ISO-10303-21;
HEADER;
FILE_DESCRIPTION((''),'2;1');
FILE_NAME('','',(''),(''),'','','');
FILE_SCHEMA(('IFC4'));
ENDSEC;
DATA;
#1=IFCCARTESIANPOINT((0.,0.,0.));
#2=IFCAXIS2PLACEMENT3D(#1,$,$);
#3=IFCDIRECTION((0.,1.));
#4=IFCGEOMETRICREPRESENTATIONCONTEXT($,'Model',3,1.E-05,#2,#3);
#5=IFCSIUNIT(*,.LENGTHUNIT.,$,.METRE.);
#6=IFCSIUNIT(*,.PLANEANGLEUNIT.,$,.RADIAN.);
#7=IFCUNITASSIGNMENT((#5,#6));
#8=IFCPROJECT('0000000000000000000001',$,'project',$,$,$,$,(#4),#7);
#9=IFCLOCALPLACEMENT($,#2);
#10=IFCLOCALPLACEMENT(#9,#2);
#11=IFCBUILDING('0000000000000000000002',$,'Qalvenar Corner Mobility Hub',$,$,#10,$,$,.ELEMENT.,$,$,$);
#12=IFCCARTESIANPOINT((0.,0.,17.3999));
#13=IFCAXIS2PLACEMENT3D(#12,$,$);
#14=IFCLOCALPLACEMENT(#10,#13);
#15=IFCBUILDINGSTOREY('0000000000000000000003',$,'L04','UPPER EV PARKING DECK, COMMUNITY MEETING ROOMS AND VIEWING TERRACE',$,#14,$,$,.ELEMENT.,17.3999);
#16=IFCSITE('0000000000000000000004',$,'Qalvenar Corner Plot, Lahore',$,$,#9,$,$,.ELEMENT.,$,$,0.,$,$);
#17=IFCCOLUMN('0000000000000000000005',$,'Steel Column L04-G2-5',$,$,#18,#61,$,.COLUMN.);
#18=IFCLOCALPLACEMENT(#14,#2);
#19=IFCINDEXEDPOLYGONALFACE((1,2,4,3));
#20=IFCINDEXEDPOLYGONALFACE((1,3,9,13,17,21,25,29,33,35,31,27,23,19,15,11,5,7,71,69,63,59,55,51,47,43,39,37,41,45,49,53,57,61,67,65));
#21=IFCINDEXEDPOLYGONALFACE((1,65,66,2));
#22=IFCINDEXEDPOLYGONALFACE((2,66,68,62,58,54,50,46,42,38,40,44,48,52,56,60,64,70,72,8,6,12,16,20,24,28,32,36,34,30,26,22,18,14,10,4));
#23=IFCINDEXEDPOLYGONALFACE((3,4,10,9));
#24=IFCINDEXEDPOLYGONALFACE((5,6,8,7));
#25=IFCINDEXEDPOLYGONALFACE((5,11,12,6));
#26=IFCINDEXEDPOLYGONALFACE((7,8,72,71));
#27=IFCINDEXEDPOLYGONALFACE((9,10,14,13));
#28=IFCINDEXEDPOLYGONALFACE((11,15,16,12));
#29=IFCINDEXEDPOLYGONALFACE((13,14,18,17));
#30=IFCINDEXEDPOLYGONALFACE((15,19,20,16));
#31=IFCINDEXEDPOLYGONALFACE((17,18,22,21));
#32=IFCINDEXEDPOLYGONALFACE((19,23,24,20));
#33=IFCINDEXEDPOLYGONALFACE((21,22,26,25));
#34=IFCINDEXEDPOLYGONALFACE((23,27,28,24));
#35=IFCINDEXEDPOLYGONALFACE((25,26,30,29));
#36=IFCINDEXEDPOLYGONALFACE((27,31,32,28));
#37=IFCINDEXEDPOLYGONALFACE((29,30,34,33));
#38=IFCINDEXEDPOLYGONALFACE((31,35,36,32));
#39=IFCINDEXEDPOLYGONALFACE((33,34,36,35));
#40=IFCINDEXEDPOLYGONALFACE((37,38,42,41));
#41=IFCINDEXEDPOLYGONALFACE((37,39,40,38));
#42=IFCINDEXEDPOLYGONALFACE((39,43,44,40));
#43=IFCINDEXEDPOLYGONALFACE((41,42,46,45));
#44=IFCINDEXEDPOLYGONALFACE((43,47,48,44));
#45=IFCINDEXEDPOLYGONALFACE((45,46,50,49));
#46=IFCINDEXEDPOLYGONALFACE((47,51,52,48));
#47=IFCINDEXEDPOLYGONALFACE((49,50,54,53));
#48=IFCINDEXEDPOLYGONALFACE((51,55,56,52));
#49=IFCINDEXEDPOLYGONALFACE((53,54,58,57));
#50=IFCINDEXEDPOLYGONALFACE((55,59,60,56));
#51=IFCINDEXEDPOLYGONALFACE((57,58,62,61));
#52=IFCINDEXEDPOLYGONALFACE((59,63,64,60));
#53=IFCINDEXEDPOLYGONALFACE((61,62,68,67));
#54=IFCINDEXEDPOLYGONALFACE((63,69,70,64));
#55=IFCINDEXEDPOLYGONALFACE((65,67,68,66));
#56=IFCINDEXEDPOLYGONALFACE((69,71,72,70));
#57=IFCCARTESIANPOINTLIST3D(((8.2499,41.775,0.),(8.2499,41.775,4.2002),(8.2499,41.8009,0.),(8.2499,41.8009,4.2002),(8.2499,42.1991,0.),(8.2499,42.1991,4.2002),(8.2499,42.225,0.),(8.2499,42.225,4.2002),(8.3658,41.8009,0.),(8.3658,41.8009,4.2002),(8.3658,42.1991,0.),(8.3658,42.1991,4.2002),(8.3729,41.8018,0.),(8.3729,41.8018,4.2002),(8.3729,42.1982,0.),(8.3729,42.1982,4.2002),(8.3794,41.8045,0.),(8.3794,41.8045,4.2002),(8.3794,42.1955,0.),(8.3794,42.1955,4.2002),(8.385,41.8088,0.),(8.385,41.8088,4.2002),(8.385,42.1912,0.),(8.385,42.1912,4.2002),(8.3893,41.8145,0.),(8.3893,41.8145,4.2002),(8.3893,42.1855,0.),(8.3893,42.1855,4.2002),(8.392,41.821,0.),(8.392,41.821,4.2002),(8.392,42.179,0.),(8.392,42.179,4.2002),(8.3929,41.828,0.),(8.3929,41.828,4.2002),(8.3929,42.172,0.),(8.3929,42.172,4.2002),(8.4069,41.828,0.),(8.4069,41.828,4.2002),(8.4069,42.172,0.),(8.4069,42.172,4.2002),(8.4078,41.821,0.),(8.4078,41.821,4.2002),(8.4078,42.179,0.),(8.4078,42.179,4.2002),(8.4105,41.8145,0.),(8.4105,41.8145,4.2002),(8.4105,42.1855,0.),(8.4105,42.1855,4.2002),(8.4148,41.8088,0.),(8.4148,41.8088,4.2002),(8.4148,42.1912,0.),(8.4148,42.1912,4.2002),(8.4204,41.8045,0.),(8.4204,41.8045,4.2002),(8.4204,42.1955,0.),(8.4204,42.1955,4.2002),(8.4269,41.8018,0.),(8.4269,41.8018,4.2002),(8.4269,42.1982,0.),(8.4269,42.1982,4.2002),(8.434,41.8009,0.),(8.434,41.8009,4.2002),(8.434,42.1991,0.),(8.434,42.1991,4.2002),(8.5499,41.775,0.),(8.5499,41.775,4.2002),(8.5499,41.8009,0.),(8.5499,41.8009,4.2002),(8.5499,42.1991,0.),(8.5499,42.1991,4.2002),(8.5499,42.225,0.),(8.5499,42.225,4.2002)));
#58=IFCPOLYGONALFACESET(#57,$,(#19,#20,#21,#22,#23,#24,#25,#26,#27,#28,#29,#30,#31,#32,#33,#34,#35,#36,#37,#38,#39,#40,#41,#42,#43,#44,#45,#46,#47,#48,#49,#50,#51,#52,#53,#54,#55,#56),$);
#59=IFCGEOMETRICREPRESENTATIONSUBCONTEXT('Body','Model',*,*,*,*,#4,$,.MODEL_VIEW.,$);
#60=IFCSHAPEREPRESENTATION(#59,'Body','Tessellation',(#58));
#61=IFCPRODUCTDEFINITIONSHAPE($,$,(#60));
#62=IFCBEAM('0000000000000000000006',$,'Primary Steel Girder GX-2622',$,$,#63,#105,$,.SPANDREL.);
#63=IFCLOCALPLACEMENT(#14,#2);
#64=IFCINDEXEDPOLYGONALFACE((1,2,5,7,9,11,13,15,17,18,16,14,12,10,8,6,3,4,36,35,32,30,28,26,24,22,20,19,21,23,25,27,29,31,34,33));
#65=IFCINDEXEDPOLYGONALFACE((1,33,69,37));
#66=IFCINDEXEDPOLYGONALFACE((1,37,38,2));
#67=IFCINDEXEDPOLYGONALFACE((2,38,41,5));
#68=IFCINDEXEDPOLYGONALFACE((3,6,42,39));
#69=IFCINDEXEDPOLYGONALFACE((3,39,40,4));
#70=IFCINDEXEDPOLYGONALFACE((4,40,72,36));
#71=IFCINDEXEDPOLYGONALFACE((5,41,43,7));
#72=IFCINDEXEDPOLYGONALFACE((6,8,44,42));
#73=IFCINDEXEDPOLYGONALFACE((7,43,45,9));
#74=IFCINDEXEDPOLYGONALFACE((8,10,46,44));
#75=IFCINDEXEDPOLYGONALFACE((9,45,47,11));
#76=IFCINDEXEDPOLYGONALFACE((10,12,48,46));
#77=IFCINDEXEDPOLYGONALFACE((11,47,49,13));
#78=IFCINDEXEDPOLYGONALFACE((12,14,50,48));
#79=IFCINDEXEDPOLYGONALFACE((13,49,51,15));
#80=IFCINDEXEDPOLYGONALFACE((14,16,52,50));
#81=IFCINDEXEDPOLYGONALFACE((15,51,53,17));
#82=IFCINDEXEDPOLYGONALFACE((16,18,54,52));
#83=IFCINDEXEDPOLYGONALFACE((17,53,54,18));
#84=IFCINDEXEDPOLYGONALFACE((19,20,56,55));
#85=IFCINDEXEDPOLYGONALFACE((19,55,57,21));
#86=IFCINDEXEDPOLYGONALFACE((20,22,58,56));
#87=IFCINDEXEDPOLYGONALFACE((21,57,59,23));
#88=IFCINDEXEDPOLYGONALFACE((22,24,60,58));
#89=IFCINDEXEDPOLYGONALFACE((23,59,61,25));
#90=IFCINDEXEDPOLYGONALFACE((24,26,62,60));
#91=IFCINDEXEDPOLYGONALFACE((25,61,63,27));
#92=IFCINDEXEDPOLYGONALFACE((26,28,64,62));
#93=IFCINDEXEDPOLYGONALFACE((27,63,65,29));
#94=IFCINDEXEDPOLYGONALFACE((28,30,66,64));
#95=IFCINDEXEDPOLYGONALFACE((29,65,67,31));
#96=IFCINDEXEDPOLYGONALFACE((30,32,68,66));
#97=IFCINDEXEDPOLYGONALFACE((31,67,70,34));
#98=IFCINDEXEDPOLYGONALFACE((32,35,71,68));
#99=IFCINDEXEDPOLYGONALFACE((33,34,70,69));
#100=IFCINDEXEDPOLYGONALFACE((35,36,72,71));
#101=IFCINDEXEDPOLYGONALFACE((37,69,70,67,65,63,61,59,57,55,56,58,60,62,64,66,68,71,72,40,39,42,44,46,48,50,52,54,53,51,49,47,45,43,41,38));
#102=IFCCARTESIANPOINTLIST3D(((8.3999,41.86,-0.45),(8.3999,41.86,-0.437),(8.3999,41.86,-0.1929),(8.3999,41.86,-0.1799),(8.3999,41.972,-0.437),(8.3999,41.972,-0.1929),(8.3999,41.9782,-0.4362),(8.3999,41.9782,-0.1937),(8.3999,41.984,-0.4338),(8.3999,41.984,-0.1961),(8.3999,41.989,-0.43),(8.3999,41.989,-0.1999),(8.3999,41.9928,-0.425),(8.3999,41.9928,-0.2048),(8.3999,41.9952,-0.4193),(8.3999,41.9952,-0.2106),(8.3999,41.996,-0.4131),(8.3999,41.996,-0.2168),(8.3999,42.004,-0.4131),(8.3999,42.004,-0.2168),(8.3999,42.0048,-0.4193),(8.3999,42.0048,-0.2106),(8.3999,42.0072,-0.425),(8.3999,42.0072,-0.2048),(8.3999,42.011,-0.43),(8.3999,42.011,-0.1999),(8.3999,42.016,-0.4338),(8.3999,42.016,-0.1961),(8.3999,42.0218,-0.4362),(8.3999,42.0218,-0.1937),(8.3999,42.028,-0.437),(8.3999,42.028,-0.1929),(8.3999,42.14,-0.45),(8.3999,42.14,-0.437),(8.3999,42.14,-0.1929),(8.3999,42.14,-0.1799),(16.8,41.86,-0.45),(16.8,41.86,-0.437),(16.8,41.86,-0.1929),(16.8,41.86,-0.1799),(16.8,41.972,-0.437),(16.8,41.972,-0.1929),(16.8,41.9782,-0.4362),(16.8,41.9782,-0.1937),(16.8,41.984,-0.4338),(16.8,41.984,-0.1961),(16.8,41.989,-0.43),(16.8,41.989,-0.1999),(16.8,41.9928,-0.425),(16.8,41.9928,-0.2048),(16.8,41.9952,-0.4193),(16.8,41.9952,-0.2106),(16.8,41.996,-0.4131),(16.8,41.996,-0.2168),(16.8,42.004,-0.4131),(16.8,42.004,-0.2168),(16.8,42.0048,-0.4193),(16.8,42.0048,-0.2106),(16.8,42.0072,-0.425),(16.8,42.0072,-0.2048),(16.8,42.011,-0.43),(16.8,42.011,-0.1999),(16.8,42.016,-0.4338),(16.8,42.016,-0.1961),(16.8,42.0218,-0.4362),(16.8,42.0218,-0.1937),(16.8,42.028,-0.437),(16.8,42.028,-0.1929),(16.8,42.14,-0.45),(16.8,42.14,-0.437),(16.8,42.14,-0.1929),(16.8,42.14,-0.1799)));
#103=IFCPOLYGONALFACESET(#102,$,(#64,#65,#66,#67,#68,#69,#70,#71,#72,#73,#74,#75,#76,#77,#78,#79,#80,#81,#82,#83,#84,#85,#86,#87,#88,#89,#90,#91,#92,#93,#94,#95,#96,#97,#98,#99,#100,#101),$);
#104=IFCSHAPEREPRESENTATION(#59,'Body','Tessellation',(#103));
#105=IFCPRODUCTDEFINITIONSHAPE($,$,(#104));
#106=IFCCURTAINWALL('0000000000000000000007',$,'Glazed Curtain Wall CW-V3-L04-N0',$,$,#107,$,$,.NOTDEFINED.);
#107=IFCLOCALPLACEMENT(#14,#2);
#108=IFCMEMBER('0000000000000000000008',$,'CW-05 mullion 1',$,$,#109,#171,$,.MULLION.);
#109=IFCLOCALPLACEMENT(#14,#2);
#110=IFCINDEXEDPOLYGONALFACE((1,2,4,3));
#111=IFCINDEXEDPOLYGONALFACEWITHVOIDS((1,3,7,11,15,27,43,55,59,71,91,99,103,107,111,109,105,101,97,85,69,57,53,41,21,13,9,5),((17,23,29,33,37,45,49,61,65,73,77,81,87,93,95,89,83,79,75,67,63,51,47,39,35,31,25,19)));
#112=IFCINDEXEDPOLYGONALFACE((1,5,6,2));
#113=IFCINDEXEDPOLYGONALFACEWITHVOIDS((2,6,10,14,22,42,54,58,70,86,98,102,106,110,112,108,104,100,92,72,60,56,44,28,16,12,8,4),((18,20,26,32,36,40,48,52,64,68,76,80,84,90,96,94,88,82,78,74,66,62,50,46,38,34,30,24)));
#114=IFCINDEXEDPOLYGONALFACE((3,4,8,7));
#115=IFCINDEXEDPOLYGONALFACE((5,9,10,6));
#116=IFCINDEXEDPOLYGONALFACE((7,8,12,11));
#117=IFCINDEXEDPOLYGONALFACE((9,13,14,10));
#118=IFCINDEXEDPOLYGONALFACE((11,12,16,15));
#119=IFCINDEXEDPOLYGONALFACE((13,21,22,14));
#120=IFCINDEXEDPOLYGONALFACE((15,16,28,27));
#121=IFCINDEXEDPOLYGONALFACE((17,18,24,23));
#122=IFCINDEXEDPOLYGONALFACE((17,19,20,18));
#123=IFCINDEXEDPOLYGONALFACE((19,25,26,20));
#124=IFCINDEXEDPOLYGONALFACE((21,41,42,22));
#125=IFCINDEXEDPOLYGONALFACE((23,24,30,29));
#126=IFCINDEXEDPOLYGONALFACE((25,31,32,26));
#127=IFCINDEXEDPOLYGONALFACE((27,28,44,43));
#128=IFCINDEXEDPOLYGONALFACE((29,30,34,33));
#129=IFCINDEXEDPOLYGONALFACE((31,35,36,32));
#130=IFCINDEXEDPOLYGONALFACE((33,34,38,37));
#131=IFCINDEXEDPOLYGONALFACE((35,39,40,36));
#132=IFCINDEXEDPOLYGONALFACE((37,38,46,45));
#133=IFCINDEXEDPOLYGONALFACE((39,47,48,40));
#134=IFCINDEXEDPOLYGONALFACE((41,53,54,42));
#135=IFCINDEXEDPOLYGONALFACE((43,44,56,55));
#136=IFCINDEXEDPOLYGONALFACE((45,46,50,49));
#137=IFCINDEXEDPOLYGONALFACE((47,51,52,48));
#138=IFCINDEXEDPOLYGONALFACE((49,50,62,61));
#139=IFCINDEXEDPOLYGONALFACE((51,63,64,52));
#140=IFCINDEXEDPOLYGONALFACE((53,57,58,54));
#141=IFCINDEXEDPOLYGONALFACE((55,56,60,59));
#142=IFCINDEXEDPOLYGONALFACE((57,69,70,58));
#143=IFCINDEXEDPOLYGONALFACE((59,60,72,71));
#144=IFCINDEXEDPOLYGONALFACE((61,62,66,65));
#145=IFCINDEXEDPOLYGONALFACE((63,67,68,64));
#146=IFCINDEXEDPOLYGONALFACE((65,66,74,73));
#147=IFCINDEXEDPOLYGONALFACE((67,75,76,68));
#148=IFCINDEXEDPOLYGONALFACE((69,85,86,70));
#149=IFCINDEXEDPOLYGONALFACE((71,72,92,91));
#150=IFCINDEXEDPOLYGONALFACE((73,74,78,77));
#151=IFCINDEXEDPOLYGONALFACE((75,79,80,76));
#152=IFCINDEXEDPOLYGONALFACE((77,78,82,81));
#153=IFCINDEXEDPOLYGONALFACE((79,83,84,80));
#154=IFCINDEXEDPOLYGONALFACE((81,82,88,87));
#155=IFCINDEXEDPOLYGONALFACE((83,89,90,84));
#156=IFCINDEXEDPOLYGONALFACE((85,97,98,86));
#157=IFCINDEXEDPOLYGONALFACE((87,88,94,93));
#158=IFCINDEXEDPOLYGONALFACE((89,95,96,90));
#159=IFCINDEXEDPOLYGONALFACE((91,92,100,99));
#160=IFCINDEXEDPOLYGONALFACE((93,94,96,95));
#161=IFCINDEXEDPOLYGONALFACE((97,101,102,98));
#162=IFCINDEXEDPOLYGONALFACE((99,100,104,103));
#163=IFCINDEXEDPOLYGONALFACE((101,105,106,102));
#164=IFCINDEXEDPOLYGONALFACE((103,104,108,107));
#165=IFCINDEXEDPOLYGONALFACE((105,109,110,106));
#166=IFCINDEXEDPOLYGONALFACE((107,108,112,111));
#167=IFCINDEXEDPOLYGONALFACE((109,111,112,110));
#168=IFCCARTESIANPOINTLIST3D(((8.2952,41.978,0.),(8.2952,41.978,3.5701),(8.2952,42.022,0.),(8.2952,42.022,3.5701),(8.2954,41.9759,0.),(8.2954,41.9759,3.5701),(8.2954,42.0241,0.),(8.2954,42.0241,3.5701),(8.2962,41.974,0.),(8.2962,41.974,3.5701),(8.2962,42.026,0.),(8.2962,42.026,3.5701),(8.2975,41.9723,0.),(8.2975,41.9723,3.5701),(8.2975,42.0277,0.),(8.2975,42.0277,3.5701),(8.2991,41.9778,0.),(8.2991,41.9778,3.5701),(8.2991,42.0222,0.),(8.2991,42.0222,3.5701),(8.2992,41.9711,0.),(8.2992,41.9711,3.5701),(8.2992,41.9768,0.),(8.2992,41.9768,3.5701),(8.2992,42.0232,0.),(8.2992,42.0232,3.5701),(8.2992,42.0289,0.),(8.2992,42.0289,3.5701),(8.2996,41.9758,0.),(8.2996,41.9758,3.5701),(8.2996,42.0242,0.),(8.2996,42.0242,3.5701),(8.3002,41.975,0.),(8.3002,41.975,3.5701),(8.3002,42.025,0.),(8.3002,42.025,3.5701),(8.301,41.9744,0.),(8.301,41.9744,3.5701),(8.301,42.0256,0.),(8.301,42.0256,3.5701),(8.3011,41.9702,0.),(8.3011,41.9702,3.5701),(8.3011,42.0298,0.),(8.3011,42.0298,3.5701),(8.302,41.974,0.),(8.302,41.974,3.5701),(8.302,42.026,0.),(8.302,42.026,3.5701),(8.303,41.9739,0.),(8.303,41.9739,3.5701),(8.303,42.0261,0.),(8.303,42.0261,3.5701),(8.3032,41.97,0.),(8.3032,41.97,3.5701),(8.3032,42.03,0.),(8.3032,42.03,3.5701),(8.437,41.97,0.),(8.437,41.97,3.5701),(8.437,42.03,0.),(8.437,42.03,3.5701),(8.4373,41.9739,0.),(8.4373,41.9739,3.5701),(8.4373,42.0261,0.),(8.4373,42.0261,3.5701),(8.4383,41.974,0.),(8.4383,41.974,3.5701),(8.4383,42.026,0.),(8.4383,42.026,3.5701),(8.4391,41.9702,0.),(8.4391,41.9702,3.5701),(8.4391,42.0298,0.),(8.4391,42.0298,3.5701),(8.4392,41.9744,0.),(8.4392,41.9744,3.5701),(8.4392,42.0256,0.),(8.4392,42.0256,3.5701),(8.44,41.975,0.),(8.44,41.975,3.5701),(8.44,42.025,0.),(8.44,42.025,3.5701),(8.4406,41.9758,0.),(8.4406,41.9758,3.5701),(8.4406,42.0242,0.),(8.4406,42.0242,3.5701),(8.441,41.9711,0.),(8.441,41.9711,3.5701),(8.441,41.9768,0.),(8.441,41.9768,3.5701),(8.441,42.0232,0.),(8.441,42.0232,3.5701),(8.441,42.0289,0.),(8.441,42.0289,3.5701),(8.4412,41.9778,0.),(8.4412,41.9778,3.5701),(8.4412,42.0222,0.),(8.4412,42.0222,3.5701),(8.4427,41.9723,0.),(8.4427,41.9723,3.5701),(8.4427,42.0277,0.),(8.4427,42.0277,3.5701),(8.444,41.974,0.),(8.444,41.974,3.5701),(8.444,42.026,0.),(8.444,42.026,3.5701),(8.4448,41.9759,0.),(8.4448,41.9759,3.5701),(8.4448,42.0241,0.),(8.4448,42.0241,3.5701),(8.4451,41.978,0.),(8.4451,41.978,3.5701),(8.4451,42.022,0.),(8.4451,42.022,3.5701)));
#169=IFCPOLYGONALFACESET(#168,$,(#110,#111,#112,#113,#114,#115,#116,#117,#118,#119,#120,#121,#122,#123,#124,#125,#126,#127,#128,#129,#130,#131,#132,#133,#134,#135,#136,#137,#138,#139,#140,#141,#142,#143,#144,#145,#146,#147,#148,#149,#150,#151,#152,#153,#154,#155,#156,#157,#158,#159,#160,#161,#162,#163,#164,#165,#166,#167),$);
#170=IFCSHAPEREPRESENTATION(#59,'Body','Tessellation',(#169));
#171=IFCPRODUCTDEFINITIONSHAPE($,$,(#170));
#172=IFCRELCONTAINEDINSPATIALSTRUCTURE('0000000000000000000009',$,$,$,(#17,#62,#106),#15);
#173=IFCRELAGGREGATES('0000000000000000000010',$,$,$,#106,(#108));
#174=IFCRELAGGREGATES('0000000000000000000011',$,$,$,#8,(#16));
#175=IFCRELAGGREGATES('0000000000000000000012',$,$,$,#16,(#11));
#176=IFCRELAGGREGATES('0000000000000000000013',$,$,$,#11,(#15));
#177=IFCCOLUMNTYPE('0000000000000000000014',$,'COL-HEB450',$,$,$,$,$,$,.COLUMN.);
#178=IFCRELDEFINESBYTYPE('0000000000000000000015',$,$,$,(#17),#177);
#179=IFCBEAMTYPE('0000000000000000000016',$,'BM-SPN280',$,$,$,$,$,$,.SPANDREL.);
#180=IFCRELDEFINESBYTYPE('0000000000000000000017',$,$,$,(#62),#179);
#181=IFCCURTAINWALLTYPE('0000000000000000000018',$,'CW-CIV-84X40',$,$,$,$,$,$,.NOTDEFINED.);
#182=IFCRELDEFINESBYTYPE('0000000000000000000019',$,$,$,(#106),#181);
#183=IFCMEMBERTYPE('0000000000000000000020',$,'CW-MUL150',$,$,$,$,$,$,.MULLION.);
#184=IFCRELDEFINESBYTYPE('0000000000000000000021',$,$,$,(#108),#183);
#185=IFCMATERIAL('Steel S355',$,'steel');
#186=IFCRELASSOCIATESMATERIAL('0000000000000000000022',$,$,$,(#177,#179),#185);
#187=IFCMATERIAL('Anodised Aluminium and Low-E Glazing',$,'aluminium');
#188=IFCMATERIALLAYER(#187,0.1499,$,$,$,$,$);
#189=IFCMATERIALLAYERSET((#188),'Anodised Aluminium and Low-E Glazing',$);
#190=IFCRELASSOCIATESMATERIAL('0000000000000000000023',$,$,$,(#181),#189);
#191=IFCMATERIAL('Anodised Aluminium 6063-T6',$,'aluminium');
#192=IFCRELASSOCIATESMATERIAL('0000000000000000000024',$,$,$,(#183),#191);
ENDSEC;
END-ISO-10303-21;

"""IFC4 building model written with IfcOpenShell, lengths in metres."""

from ifc_helpers import new_model, si_unit, direction, frame, origin, origin_2d, place, context, subcontext, project, spatial, hollow_rectangle, i_section, extrude, material, layer, layer_set, material_profile, profile_set, type_object, element, aggregate, save


model = new_model("IFC4")

# Units and contexts
model_context = context("Model", 3, precision=1e-05, world=origin(), true_north=direction((0.0, 1.0)))
body_context = subcontext(model_context, "Body", "Model", "MODEL_VIEW")
ifc_project = project(units=[si_unit("LENGTHUNIT", "METRE"), si_unit("PLANEANGLEUNIT", "RADIAN")], contexts=[model_context])

# Site, building, storey
site_placement = place(None, origin())
site = spatial("IfcSite", under=ifc_project, at=site_placement, Name="Qalvenar Corner Plot, Lahore", CompositionType="ELEMENT", RefElevation=0.0)
building_placement = place(site_placement, origin())
building = spatial("IfcBuilding", under=site, at=building_placement, Name="Qalvenar Corner Mobility Hub", CompositionType="ELEMENT")
storey_placement = place(building_placement, frame((0.0, 0.0, 17.3999)))
storey = spatial("IfcBuildingStorey", under=building, at=storey_placement, Name="L04", Description="UPPER EV PARKING DECK, COMMUNITY MEETING ROOMS AND VIEWING TERRACE", CompositionType="ELEMENT", Elevation=17.3999)

# Column
ifc_material_1 = material(Name="Steel S355", Category="steel")
ifc_material_profile_1 = material_profile(ifc_material_1, i_section(OverallWidth=0.3, OverallDepth=0.45, WebThickness=0.0139, FlangeThickness=0.0259, FilletRadius=0.0271, at=origin_2d()), Name="HEB450")
ifc_profile_set_1 = profile_set([ifc_material_profile_1], Name="Steel S355")
column_type = type_object("IfcColumnType", Name="COL-HEB450", PredefinedType="COLUMN", material=ifc_profile_set_1)
column_placement = place(storey_placement, frame((8.3999, 42.0, 0.0), z_axis=(0.0, 0.0, 1.0), x_axis=(1.0, 0.0, 0.0)))
element("IfcColumn", 1, at=column_placement, inside=storey, type_object=column_type, Name="Steel Column L04-G2-5", PredefinedType="COLUMN", context=body_context, shape_type="SweptSolid", body=[
    extrude(i_section(OverallWidth=0.3, OverallDepth=0.45, WebThickness=0.0139, FlangeThickness=0.0259, FilletRadius=0.0271, at=origin_2d()), origin(), (0.0, 0.0, 1.0), 4.2002),
])

# Beam
ifc_material_profile_2 = material_profile(ifc_material_1, i_section(OverallWidth=0.28, OverallDepth=0.27, WebThickness=0.0081, FlangeThickness=0.0129, FilletRadius=0.0239, at=origin_2d()), Name="HEA280")
ifc_profile_set_2 = profile_set([ifc_material_profile_2], Name="Steel S355")
beam_type = type_object("IfcBeamType", Name="BM-SPN280", PredefinedType="SPANDREL", material=ifc_profile_set_2)
beam_placement = place(storey_placement, frame((8.3999, 42.0, -0.3149), z_axis=(1.0, 0.0, 0.0), x_axis=(0.0, 1.0, 0.0)))
element("IfcBeam", 2, at=beam_placement, inside=storey, type_object=beam_type, Name="Primary Steel Girder GX-2622", PredefinedType="SPANDREL", context=body_context, shape_type="SweptSolid", body=[
    extrude(i_section(OverallWidth=0.28, OverallDepth=0.27, WebThickness=0.0081, FlangeThickness=0.0129, FilletRadius=0.0239, at=origin_2d()), origin(), (0.0, 0.0, 1.0), 8.4001),
])

# Curtain wall, member
ifc_material_2 = material(Name="Anodised Aluminium and Low-E Glazing", Category="aluminium")
ifc_layer_1 = layer(ifc_material_2, 0.1499)
ifc_layer_set_1 = layer_set([ifc_layer_1], Name="Anodised Aluminium and Low-E Glazing")
curtain_wall_type = type_object("IfcCurtainWallType", Name="CW-CIV-84X40", PredefinedType="NOTDEFINED", material=ifc_layer_set_1)
curtain_wall_placement = place(storey_placement, origin())
curtain_wall = element("IfcCurtainWall", 3, at=curtain_wall_placement, inside=storey, type_object=curtain_wall_type, Name="Glazed Curtain Wall CW-V3-L04-N0", PredefinedType="NOTDEFINED")
ifc_material_3 = material(Name="Anodised Aluminium 6063-T6", Category="aluminium")
ifc_material_profile_3 = material_profile(ifc_material_3, hollow_rectangle(XDim=0.0601, YDim=0.1499, WallThickness=0.0039, InnerFilletRadius=0.0039, OuterFilletRadius=0.0081, at=origin_2d()), Name="RHS150x60x4")
ifc_profile_set_3 = profile_set([ifc_material_profile_3], Name="Anodised Aluminium 6063-T6")
member_type_1 = type_object("IfcMemberType", Name="CW-MUL150", PredefinedType="MULLION", material=ifc_profile_set_3)
member_1_placement = place(storey_placement, frame((8.3701, 42.0, 0.0), z_axis=(0.0, 0.0, 1.0), x_axis=(0.0, -1.0, 0.0)))
member_1 = element("IfcMember", 4, at=member_1_placement, type_object=member_type_1, Name="CW-05 mullion 1", PredefinedType="MULLION", context=body_context, shape_type="SweptSolid", body=[
    extrude(hollow_rectangle(XDim=0.0601, YDim=0.1499, WallThickness=0.0039, InnerFilletRadius=0.0039, OuterFilletRadius=0.0081, at=origin_2d()), origin(), (0.0, 0.0, 1.0), 3.5701),
])
aggregate(curtain_wall, [member_1])

save(model, "model.ifc")
